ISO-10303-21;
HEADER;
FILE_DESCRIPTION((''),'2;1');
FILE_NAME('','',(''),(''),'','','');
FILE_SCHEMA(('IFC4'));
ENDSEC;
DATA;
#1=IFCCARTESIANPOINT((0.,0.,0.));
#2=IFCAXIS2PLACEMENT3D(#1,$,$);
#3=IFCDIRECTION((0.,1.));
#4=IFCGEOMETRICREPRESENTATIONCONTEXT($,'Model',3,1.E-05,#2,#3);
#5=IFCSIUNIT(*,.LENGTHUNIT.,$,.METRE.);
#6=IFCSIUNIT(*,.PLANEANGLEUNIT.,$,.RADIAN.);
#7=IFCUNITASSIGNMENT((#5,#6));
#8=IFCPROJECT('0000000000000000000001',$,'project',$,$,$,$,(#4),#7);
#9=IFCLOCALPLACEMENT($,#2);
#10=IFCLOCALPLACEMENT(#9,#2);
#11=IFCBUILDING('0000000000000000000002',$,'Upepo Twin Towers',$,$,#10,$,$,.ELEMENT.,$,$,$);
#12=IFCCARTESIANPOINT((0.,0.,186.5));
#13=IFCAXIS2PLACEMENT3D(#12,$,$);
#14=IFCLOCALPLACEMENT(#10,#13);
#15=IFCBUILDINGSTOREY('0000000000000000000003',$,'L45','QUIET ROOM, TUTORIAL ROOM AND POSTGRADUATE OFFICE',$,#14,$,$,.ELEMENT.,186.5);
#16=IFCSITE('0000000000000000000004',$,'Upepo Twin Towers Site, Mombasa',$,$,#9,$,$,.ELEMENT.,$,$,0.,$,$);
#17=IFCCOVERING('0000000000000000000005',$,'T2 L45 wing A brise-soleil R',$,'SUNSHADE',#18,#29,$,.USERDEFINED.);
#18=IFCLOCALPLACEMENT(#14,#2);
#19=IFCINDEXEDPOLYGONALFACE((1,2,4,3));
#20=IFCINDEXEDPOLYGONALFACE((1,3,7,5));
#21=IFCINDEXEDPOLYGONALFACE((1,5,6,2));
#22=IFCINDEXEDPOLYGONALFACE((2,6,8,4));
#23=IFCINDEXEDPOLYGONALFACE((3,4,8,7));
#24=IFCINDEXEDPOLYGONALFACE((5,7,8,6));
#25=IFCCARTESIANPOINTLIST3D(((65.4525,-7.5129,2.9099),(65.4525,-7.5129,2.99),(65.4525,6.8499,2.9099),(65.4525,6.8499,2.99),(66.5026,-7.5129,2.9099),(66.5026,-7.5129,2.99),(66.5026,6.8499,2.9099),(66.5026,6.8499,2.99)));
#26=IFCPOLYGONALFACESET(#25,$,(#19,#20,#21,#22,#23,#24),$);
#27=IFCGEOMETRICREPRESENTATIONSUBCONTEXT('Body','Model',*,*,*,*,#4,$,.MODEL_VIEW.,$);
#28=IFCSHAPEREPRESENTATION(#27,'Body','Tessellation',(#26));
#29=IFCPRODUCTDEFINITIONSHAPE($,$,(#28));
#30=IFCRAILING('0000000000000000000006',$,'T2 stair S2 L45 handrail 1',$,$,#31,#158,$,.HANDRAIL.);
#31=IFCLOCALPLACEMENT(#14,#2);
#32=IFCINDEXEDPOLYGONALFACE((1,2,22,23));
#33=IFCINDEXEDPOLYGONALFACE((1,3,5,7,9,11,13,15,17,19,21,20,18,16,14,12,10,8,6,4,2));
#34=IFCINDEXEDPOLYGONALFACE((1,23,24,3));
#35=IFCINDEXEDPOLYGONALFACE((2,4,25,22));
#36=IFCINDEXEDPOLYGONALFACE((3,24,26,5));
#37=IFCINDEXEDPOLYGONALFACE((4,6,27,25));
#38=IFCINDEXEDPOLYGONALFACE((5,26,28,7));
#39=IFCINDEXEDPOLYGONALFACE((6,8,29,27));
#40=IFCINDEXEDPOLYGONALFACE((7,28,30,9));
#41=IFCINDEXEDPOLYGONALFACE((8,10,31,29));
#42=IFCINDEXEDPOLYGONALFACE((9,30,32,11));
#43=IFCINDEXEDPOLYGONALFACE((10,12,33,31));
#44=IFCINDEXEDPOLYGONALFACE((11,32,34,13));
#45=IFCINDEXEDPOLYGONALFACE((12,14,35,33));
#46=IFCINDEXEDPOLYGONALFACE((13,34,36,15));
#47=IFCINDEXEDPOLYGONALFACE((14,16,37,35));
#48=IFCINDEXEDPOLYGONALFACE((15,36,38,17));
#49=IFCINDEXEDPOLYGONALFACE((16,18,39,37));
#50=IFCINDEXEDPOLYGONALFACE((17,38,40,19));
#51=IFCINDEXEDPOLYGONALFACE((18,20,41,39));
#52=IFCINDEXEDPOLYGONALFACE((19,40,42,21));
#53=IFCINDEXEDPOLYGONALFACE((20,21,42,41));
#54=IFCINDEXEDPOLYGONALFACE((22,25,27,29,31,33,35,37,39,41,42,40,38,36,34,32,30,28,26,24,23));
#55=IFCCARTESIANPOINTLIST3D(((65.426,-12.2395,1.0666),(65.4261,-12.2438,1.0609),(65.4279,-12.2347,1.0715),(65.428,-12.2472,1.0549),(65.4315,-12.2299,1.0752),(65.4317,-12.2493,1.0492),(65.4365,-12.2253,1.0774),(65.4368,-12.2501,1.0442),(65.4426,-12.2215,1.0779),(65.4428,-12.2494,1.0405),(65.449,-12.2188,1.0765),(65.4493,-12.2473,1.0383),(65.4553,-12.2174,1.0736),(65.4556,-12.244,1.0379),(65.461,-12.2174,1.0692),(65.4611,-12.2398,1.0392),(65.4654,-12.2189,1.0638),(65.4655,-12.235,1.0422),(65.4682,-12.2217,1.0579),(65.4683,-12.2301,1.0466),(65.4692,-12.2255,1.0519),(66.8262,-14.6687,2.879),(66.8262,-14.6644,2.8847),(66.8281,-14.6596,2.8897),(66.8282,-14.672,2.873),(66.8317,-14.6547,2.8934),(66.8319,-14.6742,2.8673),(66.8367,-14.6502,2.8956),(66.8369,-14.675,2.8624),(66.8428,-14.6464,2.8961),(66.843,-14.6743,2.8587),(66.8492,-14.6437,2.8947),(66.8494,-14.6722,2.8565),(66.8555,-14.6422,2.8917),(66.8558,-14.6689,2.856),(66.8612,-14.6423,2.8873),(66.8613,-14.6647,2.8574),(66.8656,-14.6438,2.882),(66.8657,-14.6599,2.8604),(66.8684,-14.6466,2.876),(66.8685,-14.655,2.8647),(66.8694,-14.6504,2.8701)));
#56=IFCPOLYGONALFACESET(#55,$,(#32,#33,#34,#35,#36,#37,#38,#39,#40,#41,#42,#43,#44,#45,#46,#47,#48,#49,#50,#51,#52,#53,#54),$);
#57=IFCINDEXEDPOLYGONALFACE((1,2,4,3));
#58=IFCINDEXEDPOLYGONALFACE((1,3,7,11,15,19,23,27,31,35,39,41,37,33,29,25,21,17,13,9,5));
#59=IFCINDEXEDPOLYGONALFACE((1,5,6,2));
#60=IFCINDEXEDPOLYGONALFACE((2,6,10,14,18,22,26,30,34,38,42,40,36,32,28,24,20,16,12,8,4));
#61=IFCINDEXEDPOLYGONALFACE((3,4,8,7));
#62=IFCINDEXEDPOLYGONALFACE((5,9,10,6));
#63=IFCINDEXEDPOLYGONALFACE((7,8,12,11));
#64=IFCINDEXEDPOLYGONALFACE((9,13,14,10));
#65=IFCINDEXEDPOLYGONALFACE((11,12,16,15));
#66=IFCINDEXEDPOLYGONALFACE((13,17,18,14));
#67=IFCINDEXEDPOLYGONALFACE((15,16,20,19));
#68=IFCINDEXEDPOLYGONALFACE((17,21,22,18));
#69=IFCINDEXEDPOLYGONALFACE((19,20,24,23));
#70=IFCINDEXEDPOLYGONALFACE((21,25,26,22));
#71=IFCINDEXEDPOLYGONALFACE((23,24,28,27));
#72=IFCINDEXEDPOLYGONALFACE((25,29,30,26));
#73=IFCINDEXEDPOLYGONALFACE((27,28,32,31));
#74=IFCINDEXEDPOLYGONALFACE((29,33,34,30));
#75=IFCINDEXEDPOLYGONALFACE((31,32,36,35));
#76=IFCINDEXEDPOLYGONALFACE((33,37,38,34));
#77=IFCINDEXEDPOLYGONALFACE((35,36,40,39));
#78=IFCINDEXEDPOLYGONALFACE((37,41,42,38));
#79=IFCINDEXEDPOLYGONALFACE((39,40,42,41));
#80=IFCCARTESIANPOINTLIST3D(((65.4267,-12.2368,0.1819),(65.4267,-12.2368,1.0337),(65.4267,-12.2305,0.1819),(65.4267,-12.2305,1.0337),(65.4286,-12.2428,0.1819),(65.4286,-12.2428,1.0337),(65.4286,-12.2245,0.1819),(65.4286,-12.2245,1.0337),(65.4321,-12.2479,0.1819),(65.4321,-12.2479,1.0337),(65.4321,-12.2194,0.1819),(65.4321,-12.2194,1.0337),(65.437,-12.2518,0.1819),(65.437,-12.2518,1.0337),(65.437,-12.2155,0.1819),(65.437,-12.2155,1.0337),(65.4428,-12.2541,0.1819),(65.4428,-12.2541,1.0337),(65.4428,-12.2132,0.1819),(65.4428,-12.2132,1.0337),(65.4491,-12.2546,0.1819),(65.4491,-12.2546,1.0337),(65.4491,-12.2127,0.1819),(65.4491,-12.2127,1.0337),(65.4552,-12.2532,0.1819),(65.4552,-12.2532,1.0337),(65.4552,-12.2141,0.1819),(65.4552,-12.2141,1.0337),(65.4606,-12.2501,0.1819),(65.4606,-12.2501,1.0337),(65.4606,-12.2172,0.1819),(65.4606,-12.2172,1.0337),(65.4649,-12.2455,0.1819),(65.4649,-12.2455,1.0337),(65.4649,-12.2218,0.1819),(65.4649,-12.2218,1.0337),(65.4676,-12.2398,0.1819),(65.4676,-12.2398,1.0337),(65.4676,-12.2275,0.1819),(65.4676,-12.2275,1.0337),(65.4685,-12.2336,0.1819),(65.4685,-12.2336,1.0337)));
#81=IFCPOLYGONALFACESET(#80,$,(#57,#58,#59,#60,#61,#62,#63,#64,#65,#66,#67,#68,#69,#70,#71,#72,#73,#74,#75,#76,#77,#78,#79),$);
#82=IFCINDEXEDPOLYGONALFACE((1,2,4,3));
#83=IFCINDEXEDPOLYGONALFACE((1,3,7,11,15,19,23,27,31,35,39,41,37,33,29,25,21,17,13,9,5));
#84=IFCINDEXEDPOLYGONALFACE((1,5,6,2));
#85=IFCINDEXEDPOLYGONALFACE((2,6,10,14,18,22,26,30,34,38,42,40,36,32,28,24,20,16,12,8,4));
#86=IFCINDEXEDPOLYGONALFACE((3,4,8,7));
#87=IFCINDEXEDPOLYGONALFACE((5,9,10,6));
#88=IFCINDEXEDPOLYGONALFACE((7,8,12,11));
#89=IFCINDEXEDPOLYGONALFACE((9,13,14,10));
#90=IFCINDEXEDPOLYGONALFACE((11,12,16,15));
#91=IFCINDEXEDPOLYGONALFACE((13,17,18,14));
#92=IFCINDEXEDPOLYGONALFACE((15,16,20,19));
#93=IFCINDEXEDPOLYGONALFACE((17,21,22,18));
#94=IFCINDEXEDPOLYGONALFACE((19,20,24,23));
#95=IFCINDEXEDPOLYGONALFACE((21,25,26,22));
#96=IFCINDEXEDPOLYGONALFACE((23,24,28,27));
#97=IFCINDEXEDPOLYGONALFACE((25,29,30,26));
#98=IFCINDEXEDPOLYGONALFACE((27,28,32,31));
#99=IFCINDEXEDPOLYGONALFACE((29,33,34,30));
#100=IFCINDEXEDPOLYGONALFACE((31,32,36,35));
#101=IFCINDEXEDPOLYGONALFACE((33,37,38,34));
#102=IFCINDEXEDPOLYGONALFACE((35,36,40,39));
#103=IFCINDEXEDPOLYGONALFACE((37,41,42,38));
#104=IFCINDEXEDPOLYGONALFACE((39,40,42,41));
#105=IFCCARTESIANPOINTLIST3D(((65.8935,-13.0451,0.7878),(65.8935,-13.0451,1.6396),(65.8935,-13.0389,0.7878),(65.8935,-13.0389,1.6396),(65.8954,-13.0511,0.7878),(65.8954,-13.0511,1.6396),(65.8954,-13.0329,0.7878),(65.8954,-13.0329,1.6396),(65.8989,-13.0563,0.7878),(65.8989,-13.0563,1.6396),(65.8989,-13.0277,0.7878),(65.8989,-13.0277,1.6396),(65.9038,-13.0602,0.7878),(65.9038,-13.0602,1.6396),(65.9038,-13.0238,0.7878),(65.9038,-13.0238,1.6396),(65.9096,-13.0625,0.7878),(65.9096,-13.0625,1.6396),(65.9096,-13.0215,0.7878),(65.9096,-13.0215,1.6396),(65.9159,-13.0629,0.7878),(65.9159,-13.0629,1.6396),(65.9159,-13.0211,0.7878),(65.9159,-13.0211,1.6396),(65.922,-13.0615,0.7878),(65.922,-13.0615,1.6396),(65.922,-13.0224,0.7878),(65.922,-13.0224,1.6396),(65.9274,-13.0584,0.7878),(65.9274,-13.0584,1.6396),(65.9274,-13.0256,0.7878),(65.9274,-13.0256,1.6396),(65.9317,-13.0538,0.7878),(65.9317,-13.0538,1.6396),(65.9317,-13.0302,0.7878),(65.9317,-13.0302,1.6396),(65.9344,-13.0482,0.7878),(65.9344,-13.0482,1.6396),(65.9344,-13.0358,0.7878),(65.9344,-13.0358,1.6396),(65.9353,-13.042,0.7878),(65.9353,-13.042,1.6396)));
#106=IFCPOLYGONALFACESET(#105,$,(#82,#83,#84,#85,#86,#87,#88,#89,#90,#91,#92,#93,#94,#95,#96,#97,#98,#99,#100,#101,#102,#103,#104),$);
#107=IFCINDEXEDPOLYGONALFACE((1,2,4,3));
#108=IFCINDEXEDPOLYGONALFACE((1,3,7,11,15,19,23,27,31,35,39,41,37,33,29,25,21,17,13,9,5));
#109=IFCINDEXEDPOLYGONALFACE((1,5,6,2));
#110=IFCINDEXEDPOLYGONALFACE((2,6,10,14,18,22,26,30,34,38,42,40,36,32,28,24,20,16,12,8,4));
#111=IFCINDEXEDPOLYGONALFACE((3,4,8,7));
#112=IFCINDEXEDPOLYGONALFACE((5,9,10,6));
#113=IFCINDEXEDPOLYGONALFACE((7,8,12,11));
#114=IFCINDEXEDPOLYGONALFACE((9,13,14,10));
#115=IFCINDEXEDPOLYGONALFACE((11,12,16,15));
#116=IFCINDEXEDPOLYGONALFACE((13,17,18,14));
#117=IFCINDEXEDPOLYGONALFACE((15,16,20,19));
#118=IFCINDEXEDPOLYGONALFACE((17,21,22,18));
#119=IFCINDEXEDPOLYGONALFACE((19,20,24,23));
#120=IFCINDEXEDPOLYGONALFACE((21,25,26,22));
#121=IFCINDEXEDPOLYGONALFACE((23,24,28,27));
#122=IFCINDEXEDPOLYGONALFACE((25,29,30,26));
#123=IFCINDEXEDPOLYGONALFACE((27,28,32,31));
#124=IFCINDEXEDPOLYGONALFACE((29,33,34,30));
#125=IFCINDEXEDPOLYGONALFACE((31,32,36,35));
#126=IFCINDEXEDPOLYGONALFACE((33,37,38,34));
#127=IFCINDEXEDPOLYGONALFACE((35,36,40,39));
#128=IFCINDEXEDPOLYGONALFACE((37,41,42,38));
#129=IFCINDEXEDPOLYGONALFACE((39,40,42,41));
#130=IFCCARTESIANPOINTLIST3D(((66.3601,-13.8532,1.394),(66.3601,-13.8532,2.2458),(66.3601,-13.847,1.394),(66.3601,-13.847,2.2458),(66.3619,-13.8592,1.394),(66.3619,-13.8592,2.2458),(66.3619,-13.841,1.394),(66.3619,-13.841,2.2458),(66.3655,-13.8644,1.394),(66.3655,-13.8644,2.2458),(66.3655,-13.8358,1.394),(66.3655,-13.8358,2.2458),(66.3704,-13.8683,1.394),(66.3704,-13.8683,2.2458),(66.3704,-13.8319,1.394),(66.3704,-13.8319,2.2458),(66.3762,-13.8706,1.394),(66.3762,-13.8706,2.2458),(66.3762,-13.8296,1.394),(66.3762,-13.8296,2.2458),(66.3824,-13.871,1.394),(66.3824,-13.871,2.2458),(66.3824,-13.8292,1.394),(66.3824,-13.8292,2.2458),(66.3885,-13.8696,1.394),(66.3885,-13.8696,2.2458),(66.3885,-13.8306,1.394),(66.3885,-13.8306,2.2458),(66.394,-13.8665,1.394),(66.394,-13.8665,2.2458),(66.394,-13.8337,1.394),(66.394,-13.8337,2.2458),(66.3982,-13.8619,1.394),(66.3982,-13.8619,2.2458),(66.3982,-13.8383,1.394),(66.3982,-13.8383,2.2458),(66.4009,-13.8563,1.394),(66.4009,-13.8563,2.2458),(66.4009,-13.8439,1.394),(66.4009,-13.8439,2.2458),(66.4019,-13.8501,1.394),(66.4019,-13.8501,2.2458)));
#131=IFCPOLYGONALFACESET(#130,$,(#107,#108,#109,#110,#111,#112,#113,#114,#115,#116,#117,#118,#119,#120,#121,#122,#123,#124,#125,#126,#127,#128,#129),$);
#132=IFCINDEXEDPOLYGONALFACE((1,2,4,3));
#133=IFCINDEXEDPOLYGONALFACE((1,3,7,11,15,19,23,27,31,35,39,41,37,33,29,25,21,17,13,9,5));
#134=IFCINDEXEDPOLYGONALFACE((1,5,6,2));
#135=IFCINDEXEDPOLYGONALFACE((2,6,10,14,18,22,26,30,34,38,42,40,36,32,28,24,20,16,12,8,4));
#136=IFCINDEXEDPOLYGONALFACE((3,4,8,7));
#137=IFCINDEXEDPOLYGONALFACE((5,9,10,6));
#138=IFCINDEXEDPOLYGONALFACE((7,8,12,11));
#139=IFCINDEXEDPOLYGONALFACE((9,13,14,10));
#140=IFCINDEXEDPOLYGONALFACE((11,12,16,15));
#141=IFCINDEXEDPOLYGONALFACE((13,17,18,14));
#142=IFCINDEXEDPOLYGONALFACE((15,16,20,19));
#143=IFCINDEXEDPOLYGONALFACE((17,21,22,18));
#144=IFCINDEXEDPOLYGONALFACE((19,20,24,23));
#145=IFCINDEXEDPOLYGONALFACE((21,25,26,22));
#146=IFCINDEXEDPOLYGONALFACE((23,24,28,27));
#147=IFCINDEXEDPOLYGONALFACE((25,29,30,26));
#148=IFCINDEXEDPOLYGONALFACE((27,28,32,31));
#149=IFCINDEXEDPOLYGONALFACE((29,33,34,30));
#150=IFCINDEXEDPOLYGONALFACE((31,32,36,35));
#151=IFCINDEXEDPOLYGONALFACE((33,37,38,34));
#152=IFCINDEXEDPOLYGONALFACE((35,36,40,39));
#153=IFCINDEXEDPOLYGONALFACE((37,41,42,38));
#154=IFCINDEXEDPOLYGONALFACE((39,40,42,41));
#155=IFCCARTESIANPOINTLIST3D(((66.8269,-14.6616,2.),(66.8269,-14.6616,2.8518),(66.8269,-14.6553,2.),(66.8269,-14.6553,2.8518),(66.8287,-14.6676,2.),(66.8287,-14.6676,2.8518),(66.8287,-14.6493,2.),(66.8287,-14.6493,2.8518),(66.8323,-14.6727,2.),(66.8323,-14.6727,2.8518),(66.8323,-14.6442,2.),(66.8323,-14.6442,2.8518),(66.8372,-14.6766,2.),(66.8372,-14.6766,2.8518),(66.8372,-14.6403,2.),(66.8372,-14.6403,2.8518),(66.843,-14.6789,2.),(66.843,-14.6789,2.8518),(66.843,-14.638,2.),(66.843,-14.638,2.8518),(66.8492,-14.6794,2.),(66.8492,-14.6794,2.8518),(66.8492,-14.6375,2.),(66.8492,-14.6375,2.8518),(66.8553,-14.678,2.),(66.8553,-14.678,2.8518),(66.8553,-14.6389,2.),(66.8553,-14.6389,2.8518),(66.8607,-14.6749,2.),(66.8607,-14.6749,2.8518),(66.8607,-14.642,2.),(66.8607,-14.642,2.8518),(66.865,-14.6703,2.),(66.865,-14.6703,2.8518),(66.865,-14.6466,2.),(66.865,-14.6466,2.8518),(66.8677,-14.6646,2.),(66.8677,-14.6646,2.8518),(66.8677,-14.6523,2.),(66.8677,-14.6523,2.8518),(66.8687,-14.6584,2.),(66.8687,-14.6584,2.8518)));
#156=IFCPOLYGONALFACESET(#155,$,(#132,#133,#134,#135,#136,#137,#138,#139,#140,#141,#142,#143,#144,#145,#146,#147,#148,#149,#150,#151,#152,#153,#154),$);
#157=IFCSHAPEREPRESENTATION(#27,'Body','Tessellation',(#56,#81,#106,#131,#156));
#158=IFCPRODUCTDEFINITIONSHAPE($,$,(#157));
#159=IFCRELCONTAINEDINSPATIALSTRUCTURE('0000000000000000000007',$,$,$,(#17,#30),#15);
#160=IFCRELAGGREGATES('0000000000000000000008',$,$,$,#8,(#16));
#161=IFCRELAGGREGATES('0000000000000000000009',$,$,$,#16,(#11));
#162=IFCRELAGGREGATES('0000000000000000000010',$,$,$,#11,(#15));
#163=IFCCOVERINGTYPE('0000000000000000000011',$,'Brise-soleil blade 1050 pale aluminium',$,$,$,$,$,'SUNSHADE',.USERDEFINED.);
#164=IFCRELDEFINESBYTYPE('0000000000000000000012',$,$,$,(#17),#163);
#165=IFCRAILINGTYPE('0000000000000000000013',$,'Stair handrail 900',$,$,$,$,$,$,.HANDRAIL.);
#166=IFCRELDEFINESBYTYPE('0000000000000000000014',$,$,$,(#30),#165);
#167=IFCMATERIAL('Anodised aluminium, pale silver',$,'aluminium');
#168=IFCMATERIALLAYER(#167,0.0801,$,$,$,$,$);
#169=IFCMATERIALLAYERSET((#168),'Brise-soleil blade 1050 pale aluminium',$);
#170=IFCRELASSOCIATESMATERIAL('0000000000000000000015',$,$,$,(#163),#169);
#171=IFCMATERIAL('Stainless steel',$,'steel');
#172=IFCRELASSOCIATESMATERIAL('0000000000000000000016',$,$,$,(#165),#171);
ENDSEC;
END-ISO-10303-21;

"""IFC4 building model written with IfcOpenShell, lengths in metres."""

from ifc_helpers import new_model, si_unit, direction, frame, origin, origin_2d, place, context, subcontext, project, spatial, rectangle, circle, extrude, material, layer, layer_set, type_object, element, save


model = new_model("IFC4")

# Units and contexts
model_context = context("Model", 3, precision=1e-05, world=origin(), true_north=direction((0.0, 1.0)))
body_context = subcontext(model_context, "Body", "Model", "MODEL_VIEW")
ifc_project = project(units=[si_unit("LENGTHUNIT", "METRE"), si_unit("PLANEANGLEUNIT", "RADIAN")], contexts=[model_context])

# Site, building, storey
site_placement = place(None, origin())
site = spatial("IfcSite", under=ifc_project, at=site_placement, Name="Upepo Twin Towers Site, Mombasa", CompositionType="ELEMENT", RefElevation=0.0)
building_placement = place(site_placement, origin())
building = spatial("IfcBuilding", under=site, at=building_placement, Name="Upepo Twin Towers", CompositionType="ELEMENT")
storey_placement = place(building_placement, frame((0.0, 0.0, 186.5)))
storey = spatial("IfcBuildingStorey", under=building, at=storey_placement, Name="L45", Description="QUIET ROOM, TUTORIAL ROOM AND POSTGRADUATE OFFICE", CompositionType="ELEMENT", Elevation=186.5)

# Covering
ifc_material_1 = material(Name="Anodised aluminium, pale silver", Category="aluminium")
ifc_layer_1 = layer(ifc_material_1, 0.0801)
ifc_layer_set_1 = layer_set([ifc_layer_1], Name="Brise-soleil blade 1050 pale aluminium")
covering_type = type_object("IfcCoveringType", Name="Brise-soleil blade 1050 pale aluminium", ElementType="SUNSHADE", PredefinedType="USERDEFINED", material=ifc_layer_set_1)
covering_placement = place(storey_placement, frame((65.9775, -0.3315, 2.9099), z_axis=(0.0, 0.0, 1.0), x_axis=(0.0, 1.0, 0.0)))
element("IfcCovering", 1, at=covering_placement, inside=storey, type_object=covering_type, Name="T2 L45 wing A brise-soleil R", ObjectType="SUNSHADE", PredefinedType="USERDEFINED", context=body_context, shape_type="SweptSolid", body=[
    extrude(rectangle(XDim=14.3628, YDim=1.05, at=origin_2d()), origin(), (0.0, 0.0, 1.0), 0.0801),
])

# Railing
ifc_material_2 = material(Name="Stainless steel", Category="steel")
railing_type = type_object("IfcRailingType", Name="Stair handrail 900", PredefinedType="HANDRAIL", material=ifc_material_2)
railing_1_placement = place(storey_placement, frame((65.4475, -12.2336, 0.1819)))
element("IfcRailing", 2, at=railing_1_placement, inside=storey, type_object=railing_type, Name="T2 stair S2 L45 handrail 1", PredefinedType="HANDRAIL", context=body_context, shape_type="SweptSolid", body=[
    extrude(circle(Radius=0.0239, at=origin_2d()), frame((0.0, 0.0, 0.876), z_axis=(0.419393, -0.726314, 0.544589), x_axis=(0.865997, 0.50005, 0.0)), (0.0, 0.0, 1.0), 3.3386),
    extrude(circle(Radius=0.021, at=origin_2d()), origin(), (0.0, 0.0, 1.0), 0.8518),
    extrude(circle(Radius=0.021, at=origin_2d()), frame((0.4668, -0.8083, 0.606)), (0.0, 0.0, 1.0), 0.8518),
    extrude(circle(Radius=0.021, at=origin_2d()), frame((0.9333, -1.6165, 1.2122)), (0.0, 0.0, 1.0), 0.8518),
    extrude(circle(Radius=0.021, at=origin_2d()), frame((1.4001, -2.4248, 1.8181)), (0.0, 0.0, 1.0), 0.8518),
])

save(model, "model.ifc")
